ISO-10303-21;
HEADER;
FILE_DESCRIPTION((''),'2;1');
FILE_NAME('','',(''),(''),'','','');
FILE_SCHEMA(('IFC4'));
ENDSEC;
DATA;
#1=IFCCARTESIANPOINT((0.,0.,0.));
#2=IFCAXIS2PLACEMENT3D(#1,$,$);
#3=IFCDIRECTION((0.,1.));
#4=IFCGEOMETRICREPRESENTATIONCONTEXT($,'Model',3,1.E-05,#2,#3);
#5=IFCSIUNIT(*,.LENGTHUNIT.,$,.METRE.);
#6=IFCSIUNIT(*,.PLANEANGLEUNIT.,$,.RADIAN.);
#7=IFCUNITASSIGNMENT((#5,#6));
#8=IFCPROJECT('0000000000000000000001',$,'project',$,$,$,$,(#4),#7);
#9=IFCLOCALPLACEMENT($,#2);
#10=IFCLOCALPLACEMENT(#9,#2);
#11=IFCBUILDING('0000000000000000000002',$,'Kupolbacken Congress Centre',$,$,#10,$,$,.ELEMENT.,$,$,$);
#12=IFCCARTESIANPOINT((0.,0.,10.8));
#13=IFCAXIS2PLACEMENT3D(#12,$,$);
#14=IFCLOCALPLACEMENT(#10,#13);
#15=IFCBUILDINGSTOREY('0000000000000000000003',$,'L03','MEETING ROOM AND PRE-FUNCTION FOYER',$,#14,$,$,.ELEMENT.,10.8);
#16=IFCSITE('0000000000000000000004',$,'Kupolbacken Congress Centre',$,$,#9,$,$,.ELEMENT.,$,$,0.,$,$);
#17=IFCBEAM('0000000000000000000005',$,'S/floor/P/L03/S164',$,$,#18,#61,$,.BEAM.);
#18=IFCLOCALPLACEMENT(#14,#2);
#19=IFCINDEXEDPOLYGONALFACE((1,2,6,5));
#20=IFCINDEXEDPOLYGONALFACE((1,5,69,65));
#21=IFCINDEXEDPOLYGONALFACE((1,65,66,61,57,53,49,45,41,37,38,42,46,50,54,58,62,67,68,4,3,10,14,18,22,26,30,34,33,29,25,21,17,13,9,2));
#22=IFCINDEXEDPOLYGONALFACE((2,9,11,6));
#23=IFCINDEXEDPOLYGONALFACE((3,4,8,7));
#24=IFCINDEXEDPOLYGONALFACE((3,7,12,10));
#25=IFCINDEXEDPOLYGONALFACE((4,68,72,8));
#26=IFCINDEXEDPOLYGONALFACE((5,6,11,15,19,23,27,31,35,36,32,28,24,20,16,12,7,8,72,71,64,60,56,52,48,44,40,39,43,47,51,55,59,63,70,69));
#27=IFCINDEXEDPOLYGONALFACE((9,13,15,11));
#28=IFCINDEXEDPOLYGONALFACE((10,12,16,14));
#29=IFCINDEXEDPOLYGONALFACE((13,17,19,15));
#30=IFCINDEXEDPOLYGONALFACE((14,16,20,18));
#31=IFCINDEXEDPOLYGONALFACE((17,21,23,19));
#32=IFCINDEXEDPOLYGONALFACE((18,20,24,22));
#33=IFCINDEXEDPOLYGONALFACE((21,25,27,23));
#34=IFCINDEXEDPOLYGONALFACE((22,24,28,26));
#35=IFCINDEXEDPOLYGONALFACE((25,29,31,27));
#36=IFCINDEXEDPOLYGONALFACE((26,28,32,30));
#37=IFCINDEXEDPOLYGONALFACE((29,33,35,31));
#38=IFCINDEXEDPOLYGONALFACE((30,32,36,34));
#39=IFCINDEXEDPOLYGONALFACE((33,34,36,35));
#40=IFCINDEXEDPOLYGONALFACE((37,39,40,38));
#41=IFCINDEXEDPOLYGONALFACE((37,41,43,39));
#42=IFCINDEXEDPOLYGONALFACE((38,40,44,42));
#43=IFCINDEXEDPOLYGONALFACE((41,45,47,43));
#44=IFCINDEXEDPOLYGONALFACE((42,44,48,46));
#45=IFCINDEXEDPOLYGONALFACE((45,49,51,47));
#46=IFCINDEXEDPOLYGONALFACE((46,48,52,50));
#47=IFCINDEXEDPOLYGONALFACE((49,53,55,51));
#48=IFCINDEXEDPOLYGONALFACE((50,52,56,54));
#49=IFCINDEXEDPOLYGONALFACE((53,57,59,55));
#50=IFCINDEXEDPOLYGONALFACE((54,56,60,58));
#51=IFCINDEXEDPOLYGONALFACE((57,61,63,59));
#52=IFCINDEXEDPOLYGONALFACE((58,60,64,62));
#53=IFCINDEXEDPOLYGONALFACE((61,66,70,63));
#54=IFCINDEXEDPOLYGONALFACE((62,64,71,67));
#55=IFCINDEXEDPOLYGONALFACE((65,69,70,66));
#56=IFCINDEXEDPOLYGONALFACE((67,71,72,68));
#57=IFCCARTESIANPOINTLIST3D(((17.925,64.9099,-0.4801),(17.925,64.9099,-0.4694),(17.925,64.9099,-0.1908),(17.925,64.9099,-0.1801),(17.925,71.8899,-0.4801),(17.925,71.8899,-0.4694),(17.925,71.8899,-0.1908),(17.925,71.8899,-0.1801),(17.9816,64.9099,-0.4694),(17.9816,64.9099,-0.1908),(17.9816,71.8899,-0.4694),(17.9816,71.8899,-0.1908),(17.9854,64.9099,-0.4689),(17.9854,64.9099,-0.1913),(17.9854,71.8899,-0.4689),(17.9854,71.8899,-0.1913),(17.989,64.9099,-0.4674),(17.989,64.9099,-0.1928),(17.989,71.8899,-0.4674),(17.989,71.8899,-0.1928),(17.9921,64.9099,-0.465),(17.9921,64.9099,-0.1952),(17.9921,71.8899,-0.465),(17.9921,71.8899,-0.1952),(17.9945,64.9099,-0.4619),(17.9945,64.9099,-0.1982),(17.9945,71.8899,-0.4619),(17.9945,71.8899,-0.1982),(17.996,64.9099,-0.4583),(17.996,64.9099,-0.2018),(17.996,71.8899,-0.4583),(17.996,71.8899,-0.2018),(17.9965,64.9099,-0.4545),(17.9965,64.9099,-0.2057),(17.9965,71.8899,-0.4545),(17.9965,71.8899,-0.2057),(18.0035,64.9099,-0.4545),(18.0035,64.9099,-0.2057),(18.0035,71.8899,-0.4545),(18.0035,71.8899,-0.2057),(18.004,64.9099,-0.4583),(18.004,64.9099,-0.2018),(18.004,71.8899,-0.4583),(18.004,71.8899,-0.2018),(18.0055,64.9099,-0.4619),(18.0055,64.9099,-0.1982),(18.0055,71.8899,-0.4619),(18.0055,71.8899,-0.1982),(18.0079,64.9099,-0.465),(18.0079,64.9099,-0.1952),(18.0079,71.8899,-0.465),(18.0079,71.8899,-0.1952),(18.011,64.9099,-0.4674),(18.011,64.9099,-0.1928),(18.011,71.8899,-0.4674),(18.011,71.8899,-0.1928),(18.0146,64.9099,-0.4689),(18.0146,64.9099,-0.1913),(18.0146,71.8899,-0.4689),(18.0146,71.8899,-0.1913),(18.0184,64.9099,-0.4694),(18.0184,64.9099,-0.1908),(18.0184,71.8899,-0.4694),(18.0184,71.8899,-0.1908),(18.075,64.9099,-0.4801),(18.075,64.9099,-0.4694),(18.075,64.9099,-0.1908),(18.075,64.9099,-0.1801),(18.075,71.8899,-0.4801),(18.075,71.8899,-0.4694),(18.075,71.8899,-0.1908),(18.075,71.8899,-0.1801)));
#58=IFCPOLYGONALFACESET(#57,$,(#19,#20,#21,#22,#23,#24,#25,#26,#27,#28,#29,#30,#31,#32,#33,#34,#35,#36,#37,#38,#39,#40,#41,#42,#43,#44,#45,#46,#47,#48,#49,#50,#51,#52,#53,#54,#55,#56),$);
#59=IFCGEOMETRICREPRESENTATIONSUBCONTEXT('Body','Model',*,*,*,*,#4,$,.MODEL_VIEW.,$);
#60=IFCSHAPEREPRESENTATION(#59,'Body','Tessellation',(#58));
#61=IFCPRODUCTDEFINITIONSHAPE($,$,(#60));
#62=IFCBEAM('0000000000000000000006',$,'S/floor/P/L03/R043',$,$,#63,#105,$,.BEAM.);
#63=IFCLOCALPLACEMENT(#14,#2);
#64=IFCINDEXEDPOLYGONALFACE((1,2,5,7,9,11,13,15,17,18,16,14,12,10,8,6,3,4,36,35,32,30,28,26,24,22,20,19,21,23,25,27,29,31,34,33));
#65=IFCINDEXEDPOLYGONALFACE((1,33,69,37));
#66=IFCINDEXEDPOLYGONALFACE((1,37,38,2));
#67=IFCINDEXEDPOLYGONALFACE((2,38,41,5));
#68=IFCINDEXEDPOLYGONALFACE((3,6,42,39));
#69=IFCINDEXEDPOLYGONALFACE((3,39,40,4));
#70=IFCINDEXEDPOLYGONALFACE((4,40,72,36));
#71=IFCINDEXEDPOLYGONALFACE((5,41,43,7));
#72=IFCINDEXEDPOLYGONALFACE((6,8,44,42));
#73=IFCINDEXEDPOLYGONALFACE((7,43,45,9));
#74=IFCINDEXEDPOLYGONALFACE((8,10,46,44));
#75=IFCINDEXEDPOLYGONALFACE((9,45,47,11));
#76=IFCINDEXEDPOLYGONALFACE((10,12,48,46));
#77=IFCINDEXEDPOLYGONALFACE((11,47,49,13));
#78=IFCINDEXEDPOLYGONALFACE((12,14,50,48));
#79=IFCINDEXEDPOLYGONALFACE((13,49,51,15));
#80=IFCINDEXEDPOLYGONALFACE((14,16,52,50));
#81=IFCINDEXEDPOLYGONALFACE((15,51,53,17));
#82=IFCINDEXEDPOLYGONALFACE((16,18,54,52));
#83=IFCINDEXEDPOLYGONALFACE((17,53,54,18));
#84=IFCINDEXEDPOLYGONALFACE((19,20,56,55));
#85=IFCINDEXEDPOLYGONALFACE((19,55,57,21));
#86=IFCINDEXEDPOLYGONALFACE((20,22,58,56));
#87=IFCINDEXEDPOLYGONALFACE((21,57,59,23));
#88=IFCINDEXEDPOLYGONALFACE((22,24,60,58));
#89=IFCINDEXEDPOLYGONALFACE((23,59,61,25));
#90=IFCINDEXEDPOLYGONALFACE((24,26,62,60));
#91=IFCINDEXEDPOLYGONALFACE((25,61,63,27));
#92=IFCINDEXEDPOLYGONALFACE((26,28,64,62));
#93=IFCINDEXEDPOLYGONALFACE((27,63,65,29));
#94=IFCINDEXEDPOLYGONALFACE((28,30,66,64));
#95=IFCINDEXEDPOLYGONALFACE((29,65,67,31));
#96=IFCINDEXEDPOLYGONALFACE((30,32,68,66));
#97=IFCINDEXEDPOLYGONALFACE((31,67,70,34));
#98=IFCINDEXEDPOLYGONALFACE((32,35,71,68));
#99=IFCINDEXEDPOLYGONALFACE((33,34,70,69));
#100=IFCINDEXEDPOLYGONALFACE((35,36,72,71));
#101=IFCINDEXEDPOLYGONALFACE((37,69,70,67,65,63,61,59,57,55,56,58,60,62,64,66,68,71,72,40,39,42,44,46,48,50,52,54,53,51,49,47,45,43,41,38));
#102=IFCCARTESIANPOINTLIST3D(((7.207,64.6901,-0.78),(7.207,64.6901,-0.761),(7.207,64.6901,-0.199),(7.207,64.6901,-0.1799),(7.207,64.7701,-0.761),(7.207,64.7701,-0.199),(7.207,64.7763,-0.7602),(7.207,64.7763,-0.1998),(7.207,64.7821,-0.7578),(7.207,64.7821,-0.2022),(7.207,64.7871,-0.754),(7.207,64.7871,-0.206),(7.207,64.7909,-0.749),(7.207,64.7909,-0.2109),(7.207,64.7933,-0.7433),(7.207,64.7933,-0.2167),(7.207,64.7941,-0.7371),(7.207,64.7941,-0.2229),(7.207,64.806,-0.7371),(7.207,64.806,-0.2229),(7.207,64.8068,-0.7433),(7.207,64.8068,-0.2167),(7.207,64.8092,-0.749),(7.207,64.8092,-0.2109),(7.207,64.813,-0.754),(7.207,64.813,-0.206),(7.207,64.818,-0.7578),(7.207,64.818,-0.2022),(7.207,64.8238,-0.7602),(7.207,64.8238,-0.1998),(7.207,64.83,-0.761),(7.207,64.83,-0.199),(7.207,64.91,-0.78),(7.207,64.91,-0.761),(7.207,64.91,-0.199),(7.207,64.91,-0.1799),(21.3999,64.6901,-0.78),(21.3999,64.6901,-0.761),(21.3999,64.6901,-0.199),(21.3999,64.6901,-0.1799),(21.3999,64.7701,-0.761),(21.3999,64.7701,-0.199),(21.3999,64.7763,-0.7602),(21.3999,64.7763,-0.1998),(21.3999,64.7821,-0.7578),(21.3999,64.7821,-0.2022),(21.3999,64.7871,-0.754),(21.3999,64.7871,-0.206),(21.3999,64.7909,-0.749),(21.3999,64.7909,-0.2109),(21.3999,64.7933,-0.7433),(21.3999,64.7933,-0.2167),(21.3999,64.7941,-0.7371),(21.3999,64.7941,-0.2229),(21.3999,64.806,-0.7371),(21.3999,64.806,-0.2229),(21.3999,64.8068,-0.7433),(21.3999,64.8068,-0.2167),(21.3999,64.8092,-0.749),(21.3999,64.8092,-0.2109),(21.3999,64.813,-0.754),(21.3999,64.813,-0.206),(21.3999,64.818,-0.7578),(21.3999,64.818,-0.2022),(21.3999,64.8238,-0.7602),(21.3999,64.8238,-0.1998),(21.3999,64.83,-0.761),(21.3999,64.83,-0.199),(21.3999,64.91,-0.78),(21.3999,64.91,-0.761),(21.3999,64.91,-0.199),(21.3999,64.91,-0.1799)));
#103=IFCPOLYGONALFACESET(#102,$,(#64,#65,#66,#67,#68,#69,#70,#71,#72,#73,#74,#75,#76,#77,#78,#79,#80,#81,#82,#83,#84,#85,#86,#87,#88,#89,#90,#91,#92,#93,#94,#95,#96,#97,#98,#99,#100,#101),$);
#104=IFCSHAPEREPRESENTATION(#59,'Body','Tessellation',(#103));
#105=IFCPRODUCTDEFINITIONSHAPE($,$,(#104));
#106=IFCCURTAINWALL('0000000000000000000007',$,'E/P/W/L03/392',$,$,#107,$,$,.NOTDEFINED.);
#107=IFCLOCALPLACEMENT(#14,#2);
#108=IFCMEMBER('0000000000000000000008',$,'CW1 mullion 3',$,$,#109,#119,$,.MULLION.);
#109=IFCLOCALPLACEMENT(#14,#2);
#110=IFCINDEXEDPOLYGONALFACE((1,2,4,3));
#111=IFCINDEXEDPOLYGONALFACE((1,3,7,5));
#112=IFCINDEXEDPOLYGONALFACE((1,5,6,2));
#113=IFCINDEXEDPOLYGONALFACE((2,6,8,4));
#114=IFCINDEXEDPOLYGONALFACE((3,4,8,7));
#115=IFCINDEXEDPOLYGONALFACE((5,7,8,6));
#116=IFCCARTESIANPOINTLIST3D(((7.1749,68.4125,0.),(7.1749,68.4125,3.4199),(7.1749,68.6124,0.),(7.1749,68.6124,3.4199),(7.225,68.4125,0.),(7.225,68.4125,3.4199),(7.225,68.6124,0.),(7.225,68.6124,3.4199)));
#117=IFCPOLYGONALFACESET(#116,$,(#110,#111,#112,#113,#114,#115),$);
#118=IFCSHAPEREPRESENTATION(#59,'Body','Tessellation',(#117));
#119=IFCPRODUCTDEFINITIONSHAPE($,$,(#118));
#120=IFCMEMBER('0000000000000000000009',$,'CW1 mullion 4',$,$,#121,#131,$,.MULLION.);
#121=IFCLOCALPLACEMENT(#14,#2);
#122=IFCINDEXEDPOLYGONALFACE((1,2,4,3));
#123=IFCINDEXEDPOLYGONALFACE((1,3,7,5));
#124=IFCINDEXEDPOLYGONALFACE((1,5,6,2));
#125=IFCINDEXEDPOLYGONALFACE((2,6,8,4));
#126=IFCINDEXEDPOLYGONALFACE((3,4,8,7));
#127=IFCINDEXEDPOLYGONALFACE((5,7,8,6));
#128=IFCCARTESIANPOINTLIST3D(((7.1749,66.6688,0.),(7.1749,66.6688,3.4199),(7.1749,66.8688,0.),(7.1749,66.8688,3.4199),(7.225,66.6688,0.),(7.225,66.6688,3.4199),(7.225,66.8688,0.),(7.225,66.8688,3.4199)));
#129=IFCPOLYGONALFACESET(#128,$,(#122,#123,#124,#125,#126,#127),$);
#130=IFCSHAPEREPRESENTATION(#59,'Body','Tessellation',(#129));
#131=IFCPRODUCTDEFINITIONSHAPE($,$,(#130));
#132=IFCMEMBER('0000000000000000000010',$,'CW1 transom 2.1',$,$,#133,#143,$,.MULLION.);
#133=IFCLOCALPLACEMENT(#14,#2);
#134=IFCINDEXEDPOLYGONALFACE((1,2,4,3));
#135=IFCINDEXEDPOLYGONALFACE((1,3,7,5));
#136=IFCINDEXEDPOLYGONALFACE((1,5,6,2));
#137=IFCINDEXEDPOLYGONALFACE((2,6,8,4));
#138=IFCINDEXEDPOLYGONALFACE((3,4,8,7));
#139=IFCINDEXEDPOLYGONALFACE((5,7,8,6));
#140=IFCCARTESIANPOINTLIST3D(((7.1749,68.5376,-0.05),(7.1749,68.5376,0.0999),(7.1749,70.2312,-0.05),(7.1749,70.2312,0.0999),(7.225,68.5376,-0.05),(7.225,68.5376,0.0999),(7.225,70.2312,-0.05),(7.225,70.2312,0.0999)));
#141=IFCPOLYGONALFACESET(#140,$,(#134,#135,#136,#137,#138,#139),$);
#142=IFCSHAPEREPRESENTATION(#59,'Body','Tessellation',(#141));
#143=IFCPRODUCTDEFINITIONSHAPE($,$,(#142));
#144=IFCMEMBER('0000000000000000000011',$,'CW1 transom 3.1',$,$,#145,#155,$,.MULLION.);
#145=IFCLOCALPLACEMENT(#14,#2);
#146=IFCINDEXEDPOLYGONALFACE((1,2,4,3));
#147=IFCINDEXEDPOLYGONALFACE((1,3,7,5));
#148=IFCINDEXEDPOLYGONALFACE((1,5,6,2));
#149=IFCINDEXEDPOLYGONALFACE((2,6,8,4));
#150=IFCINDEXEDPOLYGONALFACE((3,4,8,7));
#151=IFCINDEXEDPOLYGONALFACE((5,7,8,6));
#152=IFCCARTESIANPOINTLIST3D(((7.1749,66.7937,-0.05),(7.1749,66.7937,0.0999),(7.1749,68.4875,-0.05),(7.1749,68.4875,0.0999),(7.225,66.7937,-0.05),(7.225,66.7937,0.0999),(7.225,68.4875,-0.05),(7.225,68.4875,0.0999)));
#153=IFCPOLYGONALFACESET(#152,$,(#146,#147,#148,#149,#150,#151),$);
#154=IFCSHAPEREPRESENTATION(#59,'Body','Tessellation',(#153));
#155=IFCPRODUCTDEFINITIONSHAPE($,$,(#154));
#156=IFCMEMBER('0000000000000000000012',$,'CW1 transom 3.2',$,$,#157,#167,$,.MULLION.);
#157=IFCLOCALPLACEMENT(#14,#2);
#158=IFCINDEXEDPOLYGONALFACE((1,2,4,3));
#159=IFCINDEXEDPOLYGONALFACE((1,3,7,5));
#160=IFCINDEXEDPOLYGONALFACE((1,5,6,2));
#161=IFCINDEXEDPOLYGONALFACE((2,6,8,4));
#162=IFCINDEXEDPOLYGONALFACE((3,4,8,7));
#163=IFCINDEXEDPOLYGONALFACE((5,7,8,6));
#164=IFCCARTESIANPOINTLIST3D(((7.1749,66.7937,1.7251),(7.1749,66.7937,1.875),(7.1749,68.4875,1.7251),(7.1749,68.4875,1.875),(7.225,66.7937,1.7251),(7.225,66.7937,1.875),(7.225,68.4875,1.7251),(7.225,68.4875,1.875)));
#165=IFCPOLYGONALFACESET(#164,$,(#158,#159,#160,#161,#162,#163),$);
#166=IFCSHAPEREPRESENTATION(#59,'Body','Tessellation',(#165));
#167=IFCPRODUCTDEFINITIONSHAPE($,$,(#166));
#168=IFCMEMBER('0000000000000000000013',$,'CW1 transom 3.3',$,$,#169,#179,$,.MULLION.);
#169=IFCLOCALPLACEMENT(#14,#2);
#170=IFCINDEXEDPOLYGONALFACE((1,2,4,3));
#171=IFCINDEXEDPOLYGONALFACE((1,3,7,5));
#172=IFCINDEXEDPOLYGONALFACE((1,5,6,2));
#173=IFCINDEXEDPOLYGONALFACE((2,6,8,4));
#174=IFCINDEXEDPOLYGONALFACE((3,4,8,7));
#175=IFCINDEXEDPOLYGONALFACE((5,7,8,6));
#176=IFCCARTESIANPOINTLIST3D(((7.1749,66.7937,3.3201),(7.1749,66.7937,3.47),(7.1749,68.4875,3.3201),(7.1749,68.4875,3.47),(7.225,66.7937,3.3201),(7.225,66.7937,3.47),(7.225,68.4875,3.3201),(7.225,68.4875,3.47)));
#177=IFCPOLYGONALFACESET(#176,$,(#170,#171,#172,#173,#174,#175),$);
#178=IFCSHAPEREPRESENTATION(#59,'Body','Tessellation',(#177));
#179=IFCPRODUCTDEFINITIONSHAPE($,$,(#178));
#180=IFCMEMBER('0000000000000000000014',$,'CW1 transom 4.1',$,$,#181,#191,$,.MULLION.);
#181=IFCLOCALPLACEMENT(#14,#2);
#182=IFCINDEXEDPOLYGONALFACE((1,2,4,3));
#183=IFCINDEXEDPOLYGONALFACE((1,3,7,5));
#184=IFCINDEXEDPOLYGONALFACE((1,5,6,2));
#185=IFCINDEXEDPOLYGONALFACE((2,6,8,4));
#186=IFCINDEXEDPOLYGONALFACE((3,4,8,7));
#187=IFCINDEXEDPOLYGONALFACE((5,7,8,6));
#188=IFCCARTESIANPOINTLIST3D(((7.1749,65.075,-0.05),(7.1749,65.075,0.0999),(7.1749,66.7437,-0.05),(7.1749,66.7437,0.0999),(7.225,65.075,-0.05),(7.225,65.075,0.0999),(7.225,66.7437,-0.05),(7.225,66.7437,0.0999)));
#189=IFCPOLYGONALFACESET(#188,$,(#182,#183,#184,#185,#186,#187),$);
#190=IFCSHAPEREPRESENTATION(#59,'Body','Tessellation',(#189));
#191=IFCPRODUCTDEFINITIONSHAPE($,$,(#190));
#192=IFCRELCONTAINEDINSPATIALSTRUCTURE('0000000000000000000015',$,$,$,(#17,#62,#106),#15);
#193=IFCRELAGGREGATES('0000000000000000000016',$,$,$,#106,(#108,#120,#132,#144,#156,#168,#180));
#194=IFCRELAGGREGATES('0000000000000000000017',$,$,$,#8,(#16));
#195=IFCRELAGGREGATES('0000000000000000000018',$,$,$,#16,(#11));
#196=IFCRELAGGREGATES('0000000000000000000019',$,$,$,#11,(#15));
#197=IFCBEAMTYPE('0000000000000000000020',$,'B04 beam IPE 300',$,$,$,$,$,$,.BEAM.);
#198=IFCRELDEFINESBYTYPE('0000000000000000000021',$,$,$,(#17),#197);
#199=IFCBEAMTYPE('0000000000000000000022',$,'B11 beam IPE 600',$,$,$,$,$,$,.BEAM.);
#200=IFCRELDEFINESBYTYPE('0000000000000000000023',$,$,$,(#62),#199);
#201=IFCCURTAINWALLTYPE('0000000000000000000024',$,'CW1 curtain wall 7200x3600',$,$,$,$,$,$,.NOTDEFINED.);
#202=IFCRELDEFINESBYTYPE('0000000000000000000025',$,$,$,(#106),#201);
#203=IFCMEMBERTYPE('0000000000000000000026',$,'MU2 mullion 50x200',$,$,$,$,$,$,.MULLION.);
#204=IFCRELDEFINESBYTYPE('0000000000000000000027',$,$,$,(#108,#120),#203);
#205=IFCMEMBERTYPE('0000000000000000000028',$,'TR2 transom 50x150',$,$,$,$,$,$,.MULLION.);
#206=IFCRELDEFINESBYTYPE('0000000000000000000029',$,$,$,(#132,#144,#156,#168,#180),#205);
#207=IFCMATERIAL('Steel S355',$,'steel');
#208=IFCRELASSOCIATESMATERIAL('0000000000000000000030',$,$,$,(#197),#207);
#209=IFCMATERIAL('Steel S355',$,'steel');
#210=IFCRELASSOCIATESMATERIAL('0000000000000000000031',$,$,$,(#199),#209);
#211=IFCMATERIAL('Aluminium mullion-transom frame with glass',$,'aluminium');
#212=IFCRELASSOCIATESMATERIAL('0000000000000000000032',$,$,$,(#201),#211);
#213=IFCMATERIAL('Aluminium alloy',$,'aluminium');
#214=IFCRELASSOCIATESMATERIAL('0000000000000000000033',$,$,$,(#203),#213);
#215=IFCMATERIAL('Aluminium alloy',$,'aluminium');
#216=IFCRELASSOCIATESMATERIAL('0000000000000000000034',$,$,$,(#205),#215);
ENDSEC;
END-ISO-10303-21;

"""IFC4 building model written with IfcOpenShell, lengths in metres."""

from ifc_helpers import new_model, si_unit, direction, frame, origin, origin_2d, place, context, subcontext, project, spatial, rectangle, i_section, extrude, material, material_profile, profile_set, type_object, element, aggregate, save


model = new_model("IFC4")

# Units and contexts
model_context = context("Model", 3, precision=1e-05, world=origin(), true_north=direction((0.0, 1.0)))
body_context = subcontext(model_context, "Body", "Model", "MODEL_VIEW")
ifc_project = project(units=[si_unit("LENGTHUNIT", "METRE"), si_unit("PLANEANGLEUNIT", "RADIAN")], contexts=[model_context])

# Site, building, storey
site_placement = place(None, origin())
site = spatial("IfcSite", under=ifc_project, at=site_placement, Name="Kupolbacken Congress Centre", CompositionType="ELEMENT", RefElevation=0.0)
building_placement = place(site_placement, origin())
building = spatial("IfcBuilding", under=site, at=building_placement, Name="Kupolbacken Congress Centre", CompositionType="ELEMENT")
storey_placement = place(building_placement, frame((0.0, 0.0, 10.8)))
storey = spatial("IfcBuildingStorey", under=building, at=storey_placement, Name="L03", Description="MEETING ROOM AND PRE-FUNCTION FOYER", CompositionType="ELEMENT", Elevation=10.8)

# Beams
ifc_material_1 = material(Name="Steel S355", Category="steel")
ifc_material_profile_1 = material_profile(ifc_material_1, i_section(OverallWidth=0.1499, OverallDepth=0.3, WebThickness=0.0071, FlangeThickness=0.0107, FilletRadius=0.0149, at=origin_2d()), Name="IPE 300")
ifc_profile_set_1 = profile_set([ifc_material_profile_1], Name="Steel S355")
beam_type_1 = type_object("IfcBeamType", Name="B04 beam IPE 300", PredefinedType="BEAM", material=ifc_profile_set_1)
for number, where, z_axis, x_axis, name in (
    (1, (18.0, 64.9099, -0.3301), (0.0, 1.0, 0.0), (-1.0, 0.0, 0.0), "S/floor/P/L03/S164"),
):
    element("IfcBeam", number, at=place(storey_placement, frame(where, z_axis=z_axis, x_axis=x_axis)), inside=storey, type_object=beam_type_1, Name=name, PredefinedType="BEAM", context=body_context, shape_type="SweptSolid", body=[
        extrude(i_section(OverallWidth=0.1499, OverallDepth=0.3, WebThickness=0.0071, FlangeThickness=0.0107, FilletRadius=0.0149, at=origin_2d()), origin(), (0.0, 0.0, 1.0), 6.98),
    ])
ifc_material_2 = material(Name="Steel S355", Category="steel")
ifc_material_profile_2 = material_profile(ifc_material_2, i_section(OverallWidth=0.22, OverallDepth=0.6001, WebThickness=0.012, FlangeThickness=0.019, FilletRadius=0.0239, at=origin_2d()), Name="IPE 600")
ifc_profile_set_2 = profile_set([ifc_material_profile_2], Name="Steel S355")
beam_type_2 = type_object("IfcBeamType", Name="B11 beam IPE 600", PredefinedType="BEAM", material=ifc_profile_set_2)
beam_1_placement = place(storey_placement, frame((7.207, 64.8, -0.48), z_axis=(1.0, 0.0, 0.0), x_axis=(0.0, 1.0, 0.0)))
element("IfcBeam", 2, at=beam_1_placement, inside=storey, type_object=beam_type_2, Name="S/floor/P/L03/R043", PredefinedType="BEAM", context=body_context, shape_type="SweptSolid", body=[
    extrude(i_section(OverallWidth=0.22, OverallDepth=0.6001, WebThickness=0.012, FlangeThickness=0.019, FilletRadius=0.0239, at=origin_2d()), origin(), (0.0, 0.0, 1.0), 14.1929),
])

# Curtain wall, members
ifc_material_3 = material(Name="Aluminium mullion-transom frame with glass", Category="aluminium")
curtain_wall_type = type_object("IfcCurtainWallType", Name="CW1 curtain wall 7200x3600", PredefinedType="NOTDEFINED", material=ifc_material_3)
curtain_wall_placement = place(storey_placement, origin())
curtain_wall = element("IfcCurtainWall", 3, at=curtain_wall_placement, inside=storey, type_object=curtain_wall_type, Name="E/P/W/L03/392", PredefinedType="NOTDEFINED")
ifc_material_4 = material(Name="Aluminium alloy", Category="aluminium")
ifc_material_profile_3 = material_profile(ifc_material_4, rectangle(XDim=0.05, YDim=0.2, at=origin_2d()), Name="50 x 200")
ifc_profile_set_3 = profile_set([ifc_material_profile_3], Name="Aluminium alloy")
member_type_1 = type_object("IfcMemberType", Name="MU2 mullion 50x200", PredefinedType="MULLION", material=ifc_profile_set_3)
member_1_placement = place(storey_placement, frame((7.2, 68.5125, 0.0), z_axis=(0.0, 0.0, 1.0), x_axis=(1.0, 0.0, 0.0)))
member_1 = element("IfcMember", 4, at=member_1_placement, type_object=member_type_1, Name="CW1 mullion 3", PredefinedType="MULLION", context=body_context, shape_type="SweptSolid", body=[
    extrude(rectangle(XDim=0.05, YDim=0.2, at=origin_2d()), origin(), (0.0, 0.0, 1.0), 3.4199),
])
member_2_placement = place(storey_placement, frame((7.2, 66.7688, 0.0), z_axis=(0.0, 0.0, 1.0), x_axis=(1.0, 0.0, 0.0)))
member_2 = element("IfcMember", 5, at=member_2_placement, type_object=member_type_1, Name="CW1 mullion 4", PredefinedType="MULLION", context=body_context, shape_type="SweptSolid", body=[
    extrude(rectangle(XDim=0.05, YDim=0.2, at=origin_2d()), origin(), (0.0, 0.0, 1.0), 3.4199),
])
ifc_material_5 = material(Name="Aluminium alloy", Category="aluminium")
ifc_material_profile_4 = material_profile(ifc_material_5, rectangle(XDim=0.05, YDim=0.1499, at=origin_2d()), Name="50 x 150")
ifc_profile_set_4 = profile_set([ifc_material_profile_4], Name="Aluminium alloy")
member_type_2 = type_object("IfcMemberType", Name="TR2 transom 50x150", PredefinedType="MULLION", material=ifc_profile_set_4)
member_3_placement = place(storey_placement, frame((7.2, 70.2312, 0.0249), z_axis=(0.0, -1.0, 0.0), x_axis=(1.0, 0.0, 0.0)))
member_3 = element("IfcMember", 6, at=member_3_placement, type_object=member_type_2, Name="CW1 transom 2.1", PredefinedType="MULLION", context=body_context, shape_type="SweptSolid", body=[
    extrude(rectangle(XDim=0.05, YDim=0.1499, at=origin_2d()), origin(), (0.0, 0.0, 1.0), 1.6936),
])
member_4_placement = place(storey_placement, frame((7.2, 68.4875, 0.0249), z_axis=(0.0, -1.0, 0.0), x_axis=(1.0, 0.0, 0.0)))
member_4 = element("IfcMember", 7, at=member_4_placement, type_object=member_type_2, Name="CW1 transom 3.1", PredefinedType="MULLION", context=body_context, shape_type="SweptSolid", body=[
    extrude(rectangle(XDim=0.05, YDim=0.1499, at=origin_2d()), origin(), (0.0, 0.0, 1.0), 1.6938),
])
member_5_placement = place(storey_placement, frame((7.2, 68.4875, 1.8), z_axis=(0.0, -1.0, 0.0), x_axis=(1.0, 0.0, 0.0)))
member_5 = element("IfcMember", 8, at=member_5_placement, type_object=member_type_2, Name="CW1 transom 3.2", PredefinedType="MULLION", context=body_context, shape_type="SweptSolid", body=[
    extrude(rectangle(XDim=0.05, YDim=0.1499, at=origin_2d()), origin(), (0.0, 0.0, 1.0), 1.6938),
])
member_6_placement = place(storey_placement, frame((7.2, 68.4875, 3.395), z_axis=(0.0, -1.0, 0.0), x_axis=(1.0, 0.0, 0.0)))
member_6 = element("IfcMember", 9, at=member_6_placement, type_object=member_type_2, Name="CW1 transom 3.3", PredefinedType="MULLION", context=body_context, shape_type="SweptSolid", body=[
    extrude(rectangle(XDim=0.05, YDim=0.1499, at=origin_2d()), origin(), (0.0, 0.0, 1.0), 1.6938),
])
member_7_placement = place(storey_placement, frame((7.2, 66.7437, 0.0249), z_axis=(0.0, -1.0, 0.0), x_axis=(1.0, 0.0, 0.0)))
member_7 = element("IfcMember", 10, at=member_7_placement, type_object=member_type_2, Name="CW1 transom 4.1", PredefinedType="MULLION", context=body_context, shape_type="SweptSolid", body=[
    extrude(rectangle(XDim=0.05, YDim=0.1499, at=origin_2d()), origin(), (0.0, 0.0, 1.0), 1.6687),
])
aggregate(curtain_wall, [member_1, member_2, member_3, member_4, member_5, member_6, member_7])

save(model, "model.ifc")
